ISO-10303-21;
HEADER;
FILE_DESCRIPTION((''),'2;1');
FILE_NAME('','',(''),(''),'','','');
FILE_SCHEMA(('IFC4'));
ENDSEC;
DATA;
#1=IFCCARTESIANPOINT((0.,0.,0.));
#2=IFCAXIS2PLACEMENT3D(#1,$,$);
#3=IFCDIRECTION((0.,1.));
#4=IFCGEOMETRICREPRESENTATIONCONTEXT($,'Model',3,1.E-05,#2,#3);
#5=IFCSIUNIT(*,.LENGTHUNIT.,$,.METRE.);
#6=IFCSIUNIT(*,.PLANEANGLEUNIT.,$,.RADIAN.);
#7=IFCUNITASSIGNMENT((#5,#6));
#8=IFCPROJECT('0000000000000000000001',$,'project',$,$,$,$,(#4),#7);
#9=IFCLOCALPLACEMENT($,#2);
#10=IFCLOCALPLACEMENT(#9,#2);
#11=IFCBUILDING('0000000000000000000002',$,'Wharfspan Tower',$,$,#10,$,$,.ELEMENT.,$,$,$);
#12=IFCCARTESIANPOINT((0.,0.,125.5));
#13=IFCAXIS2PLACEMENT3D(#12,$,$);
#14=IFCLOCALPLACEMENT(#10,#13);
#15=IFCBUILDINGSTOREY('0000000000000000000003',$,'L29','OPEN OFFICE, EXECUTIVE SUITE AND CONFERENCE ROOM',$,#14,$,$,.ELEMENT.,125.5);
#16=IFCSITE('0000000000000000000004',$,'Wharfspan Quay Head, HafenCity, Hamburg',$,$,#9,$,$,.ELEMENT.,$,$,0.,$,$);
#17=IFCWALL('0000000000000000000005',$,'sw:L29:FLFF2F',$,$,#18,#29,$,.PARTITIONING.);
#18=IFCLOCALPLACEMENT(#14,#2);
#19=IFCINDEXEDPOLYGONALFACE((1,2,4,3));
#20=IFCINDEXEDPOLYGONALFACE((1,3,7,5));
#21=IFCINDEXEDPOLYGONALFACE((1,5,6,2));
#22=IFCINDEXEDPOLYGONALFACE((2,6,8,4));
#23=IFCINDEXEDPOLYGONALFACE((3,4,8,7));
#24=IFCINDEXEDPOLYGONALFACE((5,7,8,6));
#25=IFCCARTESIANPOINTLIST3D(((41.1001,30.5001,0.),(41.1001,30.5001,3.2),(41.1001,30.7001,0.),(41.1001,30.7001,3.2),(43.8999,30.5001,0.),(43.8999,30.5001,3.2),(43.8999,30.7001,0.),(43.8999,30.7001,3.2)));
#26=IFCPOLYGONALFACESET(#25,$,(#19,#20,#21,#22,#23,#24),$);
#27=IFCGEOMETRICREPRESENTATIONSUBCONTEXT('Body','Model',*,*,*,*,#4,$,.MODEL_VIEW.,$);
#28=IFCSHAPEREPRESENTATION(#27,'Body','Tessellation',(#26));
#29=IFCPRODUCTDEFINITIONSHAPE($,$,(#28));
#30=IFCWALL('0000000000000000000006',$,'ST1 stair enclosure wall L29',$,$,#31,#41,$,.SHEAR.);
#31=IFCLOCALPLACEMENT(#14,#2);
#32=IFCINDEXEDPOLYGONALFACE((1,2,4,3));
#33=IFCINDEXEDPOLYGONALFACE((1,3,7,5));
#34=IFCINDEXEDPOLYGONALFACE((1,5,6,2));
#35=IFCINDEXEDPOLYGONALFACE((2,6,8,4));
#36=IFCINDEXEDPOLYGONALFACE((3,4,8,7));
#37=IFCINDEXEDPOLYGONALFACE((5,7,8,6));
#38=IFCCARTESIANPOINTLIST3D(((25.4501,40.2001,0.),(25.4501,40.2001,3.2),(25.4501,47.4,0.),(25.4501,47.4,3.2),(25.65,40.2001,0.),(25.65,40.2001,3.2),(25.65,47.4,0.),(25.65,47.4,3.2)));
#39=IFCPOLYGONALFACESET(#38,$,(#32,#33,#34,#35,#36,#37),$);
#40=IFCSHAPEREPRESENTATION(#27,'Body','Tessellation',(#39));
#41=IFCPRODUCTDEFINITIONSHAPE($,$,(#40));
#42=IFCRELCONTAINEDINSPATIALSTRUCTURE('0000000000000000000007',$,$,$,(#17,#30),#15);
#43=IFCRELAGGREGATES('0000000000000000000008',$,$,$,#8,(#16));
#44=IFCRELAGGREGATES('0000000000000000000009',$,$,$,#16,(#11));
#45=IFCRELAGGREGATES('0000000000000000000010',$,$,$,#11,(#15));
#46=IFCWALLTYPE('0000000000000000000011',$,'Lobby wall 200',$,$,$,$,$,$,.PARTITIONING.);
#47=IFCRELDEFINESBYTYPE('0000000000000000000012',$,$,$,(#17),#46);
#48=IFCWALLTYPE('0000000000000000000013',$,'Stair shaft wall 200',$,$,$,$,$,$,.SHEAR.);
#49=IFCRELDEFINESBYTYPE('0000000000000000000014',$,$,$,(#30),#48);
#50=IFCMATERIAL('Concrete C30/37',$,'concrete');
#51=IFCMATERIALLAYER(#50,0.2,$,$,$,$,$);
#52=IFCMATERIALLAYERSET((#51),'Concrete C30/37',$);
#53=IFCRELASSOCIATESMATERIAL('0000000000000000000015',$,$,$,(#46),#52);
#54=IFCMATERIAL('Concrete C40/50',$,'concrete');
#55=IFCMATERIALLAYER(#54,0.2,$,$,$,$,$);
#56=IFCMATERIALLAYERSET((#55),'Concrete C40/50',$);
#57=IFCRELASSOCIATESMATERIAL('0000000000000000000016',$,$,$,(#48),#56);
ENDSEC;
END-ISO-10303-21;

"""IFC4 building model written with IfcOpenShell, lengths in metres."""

from ifc_helpers import new_model, si_unit, direction, frame, frame_2d, origin, place, context, subcontext, project, spatial, rectangle, extrude, material, layer, layer_set, type_object, element, save


model = new_model("IFC4")

# Units and contexts
model_context = context("Model", 3, precision=1e-05, world=origin(), true_north=direction((0.0, 1.0)))
body_context = subcontext(model_context, "Body", "Model", "MODEL_VIEW")
ifc_project = project(units=[si_unit("LENGTHUNIT", "METRE"), si_unit("PLANEANGLEUNIT", "RADIAN")], contexts=[model_context])

# Site, building, storey
site_placement = place(None, origin())
site = spatial("IfcSite", under=ifc_project, at=site_placement, Name="Wharfspan Quay Head, HafenCity, Hamburg", CompositionType="ELEMENT", RefElevation=0.0)
building_placement = place(site_placement, origin())
building = spatial("IfcBuilding", under=site, at=building_placement, Name="Wharfspan Tower", CompositionType="ELEMENT")
storey_placement = place(building_placement, frame((0.0, 0.0, 125.5)))
storey = spatial("IfcBuildingStorey", under=building, at=storey_placement, Name="L29", Description="OPEN OFFICE, EXECUTIVE SUITE AND CONFERENCE ROOM", CompositionType="ELEMENT", Elevation=125.5)

# Shared definitions
ifc_material_1 = material(Name="Concrete C30/37", Category="concrete")

# Shared definitions
ifc_layer_1 = layer(ifc_material_1, 0.2)
ifc_layer_set_1 = layer_set([ifc_layer_1], Name="Concrete C30/37")
wall_type_1 = type_object("IfcWallType", Name="Lobby wall 200", PredefinedType="PARTITIONING", material=ifc_layer_set_1)

# Walls
wall_1_placement = place(storey_placement, frame((41.1001, 30.6001, 0.0), z_axis=(0.0, 0.0, 1.0), x_axis=(1.0, 0.0, 0.0)))
element("IfcWall", 1, at=wall_1_placement, inside=storey, type_object=wall_type_1, Name="sw:L29:FLFF2F", PredefinedType="PARTITIONING", context=body_context, shape_type="SweptSolid", body=[
    extrude(rectangle(XDim=2.7998, YDim=0.2, at=frame_2d((1.3999, 0.0))), origin(), (0.0, 0.0, 1.0), 3.2),
])
ifc_material_2 = material(Name="Concrete C40/50", Category="concrete")
ifc_layer_2 = layer(ifc_material_2, 0.2)
ifc_layer_set_2 = layer_set([ifc_layer_2], Name="Concrete C40/50")
wall_type_2 = type_object("IfcWallType", Name="Stair shaft wall 200", PredefinedType="SHEAR", material=ifc_layer_set_2)
wall_2_placement = place(storey_placement, frame((25.55, 40.2, 0.0), z_axis=(0.0, 0.0, 1.0), x_axis=(0.0, 1.0, 0.0)))
element("IfcWall", 2, at=wall_2_placement, inside=storey, type_object=wall_type_2, Name="ST1 stair enclosure wall L29", PredefinedType="SHEAR", context=body_context, shape_type="SweptSolid", body=[
    extrude(rectangle(XDim=7.2, YDim=0.2, at=frame_2d((3.6001, 0.0))), origin(), (0.0, 0.0, 1.0), 3.2),
])

save(model, "model.ifc")
